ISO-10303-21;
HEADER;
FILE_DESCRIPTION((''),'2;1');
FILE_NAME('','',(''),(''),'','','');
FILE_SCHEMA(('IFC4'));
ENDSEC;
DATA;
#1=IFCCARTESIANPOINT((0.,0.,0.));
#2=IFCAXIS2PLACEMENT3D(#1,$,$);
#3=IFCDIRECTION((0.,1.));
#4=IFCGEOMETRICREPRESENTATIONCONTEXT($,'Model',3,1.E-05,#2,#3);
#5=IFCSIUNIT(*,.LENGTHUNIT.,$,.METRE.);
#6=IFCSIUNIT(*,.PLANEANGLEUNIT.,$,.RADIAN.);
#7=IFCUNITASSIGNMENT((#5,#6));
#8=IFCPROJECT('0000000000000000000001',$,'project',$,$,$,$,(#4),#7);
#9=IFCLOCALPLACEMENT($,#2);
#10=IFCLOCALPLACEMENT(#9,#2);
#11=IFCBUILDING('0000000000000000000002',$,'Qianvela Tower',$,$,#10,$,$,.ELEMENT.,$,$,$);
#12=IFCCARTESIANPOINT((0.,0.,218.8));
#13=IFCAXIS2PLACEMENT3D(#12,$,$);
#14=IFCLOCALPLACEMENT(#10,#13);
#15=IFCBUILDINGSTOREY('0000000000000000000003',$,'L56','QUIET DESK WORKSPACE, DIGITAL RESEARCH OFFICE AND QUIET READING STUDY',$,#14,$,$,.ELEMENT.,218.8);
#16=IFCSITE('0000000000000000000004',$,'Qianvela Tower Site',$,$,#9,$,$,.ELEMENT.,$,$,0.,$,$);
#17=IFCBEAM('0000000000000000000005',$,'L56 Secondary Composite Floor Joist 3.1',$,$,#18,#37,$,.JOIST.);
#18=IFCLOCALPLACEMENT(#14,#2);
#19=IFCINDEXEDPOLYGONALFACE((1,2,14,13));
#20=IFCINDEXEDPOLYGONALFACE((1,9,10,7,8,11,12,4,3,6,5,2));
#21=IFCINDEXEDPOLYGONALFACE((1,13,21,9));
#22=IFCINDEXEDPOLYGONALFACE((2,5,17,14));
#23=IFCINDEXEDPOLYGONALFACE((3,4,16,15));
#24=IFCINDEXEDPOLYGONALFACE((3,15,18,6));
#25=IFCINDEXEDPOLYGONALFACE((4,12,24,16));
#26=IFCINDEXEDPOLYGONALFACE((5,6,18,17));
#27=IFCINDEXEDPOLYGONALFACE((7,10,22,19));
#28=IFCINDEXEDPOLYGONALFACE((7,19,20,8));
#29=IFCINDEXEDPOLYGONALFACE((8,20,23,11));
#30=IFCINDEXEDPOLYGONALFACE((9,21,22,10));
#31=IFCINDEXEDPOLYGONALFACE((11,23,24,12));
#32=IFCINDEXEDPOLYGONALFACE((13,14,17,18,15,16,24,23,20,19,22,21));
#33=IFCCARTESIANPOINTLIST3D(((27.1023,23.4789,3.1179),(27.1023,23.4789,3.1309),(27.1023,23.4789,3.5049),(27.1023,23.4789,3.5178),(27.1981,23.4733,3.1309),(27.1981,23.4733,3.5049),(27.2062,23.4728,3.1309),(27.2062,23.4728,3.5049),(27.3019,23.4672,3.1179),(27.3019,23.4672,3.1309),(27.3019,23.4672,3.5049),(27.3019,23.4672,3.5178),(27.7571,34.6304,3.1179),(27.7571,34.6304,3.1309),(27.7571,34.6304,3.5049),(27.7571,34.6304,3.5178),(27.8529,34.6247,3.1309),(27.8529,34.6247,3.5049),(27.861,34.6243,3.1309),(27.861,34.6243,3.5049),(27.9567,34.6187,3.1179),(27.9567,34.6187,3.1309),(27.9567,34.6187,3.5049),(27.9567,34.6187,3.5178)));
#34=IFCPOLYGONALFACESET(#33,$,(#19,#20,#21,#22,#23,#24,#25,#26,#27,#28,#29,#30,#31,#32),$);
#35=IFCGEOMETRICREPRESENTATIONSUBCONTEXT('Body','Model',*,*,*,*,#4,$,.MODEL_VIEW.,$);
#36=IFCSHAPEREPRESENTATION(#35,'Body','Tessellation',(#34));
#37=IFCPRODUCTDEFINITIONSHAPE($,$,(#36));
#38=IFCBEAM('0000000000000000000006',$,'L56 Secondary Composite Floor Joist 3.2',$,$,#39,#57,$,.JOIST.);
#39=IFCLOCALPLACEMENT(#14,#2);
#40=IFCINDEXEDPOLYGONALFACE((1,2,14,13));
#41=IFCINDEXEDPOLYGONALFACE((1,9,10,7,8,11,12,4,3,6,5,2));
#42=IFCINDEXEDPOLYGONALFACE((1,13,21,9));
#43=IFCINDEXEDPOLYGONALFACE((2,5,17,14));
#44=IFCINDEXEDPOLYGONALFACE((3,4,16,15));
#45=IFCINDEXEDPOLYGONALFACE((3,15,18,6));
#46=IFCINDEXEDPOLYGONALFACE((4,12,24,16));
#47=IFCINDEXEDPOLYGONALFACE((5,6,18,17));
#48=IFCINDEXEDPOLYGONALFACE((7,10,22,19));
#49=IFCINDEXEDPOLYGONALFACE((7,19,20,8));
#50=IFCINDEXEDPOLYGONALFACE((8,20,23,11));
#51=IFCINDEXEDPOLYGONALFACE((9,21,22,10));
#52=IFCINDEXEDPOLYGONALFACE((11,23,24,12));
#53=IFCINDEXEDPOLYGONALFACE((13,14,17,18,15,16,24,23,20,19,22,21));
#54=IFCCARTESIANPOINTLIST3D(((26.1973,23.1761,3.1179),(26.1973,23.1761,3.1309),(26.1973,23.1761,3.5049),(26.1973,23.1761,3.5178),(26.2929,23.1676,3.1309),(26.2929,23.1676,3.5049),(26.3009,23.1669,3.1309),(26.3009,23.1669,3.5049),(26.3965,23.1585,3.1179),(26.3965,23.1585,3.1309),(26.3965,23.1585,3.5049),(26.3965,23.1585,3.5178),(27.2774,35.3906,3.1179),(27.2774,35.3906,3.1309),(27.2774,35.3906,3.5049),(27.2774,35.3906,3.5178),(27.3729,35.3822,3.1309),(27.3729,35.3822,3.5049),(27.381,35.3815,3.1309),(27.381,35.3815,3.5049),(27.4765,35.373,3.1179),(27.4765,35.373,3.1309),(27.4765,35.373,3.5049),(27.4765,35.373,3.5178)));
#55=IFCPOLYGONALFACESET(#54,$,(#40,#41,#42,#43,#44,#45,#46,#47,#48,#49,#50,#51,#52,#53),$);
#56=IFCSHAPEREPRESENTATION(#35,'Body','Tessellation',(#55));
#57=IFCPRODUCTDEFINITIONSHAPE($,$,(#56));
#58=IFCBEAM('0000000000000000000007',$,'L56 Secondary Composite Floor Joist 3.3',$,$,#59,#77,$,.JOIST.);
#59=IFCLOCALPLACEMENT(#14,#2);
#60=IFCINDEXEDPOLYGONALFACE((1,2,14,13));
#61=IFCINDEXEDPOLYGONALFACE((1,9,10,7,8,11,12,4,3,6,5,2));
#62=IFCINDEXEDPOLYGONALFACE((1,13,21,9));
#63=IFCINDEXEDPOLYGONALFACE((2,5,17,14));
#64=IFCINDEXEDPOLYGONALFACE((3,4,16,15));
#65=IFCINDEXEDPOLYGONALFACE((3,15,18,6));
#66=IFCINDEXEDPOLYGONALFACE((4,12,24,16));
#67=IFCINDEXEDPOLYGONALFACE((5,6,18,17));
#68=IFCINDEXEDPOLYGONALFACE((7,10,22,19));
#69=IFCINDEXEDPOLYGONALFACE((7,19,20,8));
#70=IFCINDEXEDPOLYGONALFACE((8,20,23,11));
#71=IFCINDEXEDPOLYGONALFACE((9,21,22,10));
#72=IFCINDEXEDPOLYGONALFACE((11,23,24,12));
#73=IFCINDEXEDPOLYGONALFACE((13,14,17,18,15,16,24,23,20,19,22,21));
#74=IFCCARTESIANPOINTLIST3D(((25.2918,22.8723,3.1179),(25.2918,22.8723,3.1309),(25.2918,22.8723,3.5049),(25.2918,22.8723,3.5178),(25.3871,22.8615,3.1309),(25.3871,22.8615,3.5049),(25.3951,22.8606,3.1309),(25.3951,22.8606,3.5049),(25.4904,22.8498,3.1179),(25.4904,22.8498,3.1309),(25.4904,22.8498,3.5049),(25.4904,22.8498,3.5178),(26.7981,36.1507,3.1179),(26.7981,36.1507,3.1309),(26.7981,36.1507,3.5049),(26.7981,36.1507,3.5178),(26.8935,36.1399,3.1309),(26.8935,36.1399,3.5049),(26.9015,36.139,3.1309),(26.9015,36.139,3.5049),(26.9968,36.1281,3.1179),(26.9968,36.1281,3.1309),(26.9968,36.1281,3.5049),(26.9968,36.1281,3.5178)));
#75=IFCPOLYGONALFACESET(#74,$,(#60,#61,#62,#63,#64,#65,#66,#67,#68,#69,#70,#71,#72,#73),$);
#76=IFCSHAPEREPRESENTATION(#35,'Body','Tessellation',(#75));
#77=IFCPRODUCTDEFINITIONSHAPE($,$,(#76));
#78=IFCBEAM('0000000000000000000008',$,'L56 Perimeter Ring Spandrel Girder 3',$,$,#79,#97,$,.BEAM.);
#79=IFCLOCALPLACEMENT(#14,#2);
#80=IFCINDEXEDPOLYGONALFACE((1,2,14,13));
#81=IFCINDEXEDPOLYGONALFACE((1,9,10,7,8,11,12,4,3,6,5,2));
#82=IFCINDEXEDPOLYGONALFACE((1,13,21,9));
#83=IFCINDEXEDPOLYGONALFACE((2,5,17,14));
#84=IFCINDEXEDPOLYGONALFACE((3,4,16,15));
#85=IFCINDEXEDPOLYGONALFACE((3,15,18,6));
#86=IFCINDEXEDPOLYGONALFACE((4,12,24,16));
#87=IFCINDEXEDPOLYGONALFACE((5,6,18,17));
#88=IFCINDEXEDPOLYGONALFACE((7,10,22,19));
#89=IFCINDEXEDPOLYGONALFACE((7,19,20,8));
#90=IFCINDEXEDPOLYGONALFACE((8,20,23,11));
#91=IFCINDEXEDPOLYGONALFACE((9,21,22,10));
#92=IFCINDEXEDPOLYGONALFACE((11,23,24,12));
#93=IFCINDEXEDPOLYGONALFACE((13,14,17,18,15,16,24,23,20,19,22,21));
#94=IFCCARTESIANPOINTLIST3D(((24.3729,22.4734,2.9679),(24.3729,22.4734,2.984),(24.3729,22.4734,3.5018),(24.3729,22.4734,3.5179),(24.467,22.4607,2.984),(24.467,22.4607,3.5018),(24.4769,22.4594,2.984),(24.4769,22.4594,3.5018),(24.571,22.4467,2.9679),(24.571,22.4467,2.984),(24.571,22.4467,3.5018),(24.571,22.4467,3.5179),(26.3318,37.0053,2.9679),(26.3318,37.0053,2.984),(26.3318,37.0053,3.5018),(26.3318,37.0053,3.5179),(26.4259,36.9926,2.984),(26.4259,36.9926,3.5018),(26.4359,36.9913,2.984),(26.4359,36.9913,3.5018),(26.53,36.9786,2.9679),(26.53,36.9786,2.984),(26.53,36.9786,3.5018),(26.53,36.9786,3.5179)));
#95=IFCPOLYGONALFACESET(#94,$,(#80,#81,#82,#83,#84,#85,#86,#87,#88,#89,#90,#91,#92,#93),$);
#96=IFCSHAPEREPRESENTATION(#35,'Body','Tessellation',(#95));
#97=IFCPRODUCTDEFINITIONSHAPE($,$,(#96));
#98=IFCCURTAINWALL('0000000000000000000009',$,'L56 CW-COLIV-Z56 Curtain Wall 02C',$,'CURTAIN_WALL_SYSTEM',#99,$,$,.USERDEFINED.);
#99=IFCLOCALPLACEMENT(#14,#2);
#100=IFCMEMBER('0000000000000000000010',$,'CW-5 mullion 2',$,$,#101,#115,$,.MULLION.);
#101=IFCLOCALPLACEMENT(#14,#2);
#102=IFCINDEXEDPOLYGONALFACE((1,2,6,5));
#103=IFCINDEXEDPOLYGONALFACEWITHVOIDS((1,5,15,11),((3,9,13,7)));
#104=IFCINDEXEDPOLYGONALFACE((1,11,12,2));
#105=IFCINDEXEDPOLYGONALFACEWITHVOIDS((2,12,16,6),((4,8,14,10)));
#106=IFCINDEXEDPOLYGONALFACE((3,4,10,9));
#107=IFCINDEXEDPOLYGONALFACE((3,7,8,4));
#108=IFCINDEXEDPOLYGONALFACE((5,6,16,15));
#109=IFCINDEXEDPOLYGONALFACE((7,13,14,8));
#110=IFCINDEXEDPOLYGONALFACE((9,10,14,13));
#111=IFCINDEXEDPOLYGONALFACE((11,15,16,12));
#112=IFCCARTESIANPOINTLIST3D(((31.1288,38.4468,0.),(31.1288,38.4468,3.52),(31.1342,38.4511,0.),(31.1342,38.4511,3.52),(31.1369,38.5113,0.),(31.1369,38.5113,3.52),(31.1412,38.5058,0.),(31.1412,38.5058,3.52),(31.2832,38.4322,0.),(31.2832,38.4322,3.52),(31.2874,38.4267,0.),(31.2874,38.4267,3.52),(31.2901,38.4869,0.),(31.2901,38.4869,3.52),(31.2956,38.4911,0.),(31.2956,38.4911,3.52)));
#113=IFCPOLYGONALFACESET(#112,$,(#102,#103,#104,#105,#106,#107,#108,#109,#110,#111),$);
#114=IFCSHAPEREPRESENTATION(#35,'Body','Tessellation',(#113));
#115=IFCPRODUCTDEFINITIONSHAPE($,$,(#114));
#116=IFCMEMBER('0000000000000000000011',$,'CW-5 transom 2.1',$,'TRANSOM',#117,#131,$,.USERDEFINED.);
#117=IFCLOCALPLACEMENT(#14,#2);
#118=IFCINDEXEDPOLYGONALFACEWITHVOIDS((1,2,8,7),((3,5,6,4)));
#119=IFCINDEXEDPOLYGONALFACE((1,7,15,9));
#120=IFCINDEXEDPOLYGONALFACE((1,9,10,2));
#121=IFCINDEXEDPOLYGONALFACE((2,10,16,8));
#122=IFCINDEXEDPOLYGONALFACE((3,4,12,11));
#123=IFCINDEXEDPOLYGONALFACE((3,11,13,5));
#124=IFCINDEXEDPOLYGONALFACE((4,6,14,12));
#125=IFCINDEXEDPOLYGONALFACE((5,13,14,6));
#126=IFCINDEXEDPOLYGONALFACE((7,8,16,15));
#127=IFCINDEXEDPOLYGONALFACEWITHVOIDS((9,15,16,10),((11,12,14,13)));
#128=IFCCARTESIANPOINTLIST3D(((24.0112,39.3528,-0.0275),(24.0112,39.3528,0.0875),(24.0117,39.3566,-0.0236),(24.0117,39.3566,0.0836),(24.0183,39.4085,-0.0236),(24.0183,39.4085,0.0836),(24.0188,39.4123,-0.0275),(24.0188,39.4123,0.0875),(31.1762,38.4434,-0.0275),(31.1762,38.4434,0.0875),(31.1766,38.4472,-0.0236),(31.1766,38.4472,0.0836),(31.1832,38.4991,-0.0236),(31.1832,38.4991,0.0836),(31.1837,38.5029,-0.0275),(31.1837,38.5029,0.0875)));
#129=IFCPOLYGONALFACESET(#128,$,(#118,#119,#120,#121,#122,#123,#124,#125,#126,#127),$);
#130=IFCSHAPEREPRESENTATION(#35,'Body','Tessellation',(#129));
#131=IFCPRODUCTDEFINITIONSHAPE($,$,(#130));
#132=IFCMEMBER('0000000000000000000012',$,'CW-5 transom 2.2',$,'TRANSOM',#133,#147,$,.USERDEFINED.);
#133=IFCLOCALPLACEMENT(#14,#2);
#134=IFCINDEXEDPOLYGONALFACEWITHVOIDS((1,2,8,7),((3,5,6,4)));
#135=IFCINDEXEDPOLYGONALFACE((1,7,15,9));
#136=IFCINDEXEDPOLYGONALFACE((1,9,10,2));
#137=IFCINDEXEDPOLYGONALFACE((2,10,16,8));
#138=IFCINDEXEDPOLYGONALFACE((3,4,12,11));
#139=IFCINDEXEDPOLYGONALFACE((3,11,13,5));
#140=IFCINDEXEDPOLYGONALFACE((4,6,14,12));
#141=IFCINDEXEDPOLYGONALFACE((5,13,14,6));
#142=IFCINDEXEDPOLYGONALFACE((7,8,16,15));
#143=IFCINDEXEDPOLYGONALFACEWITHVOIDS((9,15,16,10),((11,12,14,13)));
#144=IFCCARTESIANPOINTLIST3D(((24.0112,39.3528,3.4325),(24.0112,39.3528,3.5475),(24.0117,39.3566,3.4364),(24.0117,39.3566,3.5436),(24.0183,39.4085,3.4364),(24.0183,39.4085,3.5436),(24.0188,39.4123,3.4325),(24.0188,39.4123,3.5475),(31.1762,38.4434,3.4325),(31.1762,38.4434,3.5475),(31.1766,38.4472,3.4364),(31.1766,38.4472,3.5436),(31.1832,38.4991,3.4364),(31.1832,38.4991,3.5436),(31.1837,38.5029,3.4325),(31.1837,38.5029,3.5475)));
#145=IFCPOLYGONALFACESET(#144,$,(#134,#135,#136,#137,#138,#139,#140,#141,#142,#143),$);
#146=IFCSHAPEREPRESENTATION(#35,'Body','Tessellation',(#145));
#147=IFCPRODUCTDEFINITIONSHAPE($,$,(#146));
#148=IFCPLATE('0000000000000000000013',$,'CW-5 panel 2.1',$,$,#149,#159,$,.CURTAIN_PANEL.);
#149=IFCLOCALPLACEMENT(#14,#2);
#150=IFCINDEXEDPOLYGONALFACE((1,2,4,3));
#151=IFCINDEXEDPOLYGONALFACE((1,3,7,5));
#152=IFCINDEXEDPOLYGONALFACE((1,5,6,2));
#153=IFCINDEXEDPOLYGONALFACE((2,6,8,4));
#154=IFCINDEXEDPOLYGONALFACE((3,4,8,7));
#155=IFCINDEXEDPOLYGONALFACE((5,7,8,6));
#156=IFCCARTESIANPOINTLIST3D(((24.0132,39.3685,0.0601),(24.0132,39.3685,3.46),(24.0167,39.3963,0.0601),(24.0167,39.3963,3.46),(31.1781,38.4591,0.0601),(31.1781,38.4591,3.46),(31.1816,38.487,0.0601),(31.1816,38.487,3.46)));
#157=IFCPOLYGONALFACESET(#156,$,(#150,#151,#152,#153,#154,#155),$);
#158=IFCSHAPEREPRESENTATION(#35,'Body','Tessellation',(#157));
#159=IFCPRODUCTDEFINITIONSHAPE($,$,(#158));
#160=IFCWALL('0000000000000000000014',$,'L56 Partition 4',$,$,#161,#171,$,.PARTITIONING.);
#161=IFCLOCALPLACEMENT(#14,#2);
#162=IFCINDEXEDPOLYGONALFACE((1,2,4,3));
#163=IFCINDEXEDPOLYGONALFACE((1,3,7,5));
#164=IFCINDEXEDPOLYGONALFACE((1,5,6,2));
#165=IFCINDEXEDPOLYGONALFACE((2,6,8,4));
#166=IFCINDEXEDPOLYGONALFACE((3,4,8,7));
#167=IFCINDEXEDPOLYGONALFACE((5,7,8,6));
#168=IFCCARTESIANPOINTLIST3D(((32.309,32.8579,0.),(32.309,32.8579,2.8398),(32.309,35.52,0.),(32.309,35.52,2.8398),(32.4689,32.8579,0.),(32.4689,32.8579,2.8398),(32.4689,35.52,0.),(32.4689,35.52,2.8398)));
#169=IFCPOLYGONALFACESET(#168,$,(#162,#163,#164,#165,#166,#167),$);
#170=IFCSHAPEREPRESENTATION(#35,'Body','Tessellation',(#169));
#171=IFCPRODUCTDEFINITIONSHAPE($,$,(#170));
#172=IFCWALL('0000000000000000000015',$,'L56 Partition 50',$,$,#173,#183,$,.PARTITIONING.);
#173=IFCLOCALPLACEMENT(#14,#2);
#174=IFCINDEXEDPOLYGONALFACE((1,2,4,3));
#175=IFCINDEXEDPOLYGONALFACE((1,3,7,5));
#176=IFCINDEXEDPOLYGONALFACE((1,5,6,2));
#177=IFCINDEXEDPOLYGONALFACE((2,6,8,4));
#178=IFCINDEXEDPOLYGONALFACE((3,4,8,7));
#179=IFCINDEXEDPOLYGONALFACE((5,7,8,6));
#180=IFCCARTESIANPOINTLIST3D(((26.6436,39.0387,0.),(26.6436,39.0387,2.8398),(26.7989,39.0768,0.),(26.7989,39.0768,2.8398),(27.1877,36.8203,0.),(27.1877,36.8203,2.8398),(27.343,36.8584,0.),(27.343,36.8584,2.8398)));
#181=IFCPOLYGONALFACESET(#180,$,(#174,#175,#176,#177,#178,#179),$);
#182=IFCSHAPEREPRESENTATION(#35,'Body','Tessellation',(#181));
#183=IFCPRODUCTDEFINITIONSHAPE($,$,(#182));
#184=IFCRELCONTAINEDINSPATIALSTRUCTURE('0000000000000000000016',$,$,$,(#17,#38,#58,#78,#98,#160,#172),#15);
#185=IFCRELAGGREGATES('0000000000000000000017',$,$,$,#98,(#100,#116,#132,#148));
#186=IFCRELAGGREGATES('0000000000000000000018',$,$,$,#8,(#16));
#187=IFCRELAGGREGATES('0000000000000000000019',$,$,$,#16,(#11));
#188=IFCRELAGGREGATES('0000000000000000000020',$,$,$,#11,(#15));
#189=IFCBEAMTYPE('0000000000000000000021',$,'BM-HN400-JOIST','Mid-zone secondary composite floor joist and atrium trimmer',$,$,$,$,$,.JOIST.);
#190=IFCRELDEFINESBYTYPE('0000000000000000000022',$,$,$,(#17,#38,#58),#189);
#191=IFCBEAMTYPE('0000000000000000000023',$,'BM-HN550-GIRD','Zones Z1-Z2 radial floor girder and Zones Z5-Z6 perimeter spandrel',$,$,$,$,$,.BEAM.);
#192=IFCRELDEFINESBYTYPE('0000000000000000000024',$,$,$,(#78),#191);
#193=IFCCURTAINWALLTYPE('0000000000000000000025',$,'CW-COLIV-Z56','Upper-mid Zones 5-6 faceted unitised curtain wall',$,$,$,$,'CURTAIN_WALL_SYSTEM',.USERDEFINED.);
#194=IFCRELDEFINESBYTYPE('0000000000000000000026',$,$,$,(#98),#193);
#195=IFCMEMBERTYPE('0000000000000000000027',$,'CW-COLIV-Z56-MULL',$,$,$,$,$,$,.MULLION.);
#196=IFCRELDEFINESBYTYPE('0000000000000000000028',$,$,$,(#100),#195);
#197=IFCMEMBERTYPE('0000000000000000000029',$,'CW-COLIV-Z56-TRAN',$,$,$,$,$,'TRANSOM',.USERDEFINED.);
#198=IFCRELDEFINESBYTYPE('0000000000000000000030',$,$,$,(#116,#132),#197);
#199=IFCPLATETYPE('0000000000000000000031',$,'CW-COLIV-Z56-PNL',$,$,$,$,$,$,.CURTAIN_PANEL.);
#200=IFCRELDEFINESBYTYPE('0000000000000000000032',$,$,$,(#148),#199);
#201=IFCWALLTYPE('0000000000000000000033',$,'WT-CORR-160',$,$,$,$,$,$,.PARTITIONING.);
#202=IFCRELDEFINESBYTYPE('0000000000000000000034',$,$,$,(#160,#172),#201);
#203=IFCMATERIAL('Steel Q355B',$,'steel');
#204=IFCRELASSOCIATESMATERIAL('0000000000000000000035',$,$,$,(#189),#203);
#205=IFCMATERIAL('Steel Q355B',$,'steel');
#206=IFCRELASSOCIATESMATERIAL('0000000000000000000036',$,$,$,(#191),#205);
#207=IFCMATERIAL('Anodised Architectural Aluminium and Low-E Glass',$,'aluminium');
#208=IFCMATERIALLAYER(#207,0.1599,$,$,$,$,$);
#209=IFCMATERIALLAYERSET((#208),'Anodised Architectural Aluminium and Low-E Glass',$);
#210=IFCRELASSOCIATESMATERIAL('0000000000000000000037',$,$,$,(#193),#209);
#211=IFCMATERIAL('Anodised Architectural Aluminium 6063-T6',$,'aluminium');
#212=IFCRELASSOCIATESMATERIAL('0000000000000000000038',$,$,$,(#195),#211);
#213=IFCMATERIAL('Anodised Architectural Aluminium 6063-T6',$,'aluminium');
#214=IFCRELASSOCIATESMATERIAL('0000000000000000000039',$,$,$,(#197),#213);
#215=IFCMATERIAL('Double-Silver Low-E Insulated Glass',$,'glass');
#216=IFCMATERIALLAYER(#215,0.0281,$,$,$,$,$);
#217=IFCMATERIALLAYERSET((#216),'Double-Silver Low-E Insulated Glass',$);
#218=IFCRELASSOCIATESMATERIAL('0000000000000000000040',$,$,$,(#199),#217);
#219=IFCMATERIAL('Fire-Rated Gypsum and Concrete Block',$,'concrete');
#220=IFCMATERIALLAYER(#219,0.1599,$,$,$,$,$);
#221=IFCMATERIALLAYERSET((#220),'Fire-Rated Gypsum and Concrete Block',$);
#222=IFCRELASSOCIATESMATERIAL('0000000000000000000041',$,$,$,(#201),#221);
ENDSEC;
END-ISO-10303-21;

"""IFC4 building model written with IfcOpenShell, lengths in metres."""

from ifc_helpers import new_model, si_unit, direction, frame, frame_2d, origin, origin_2d, place, context, subcontext, project, spatial, rectangle, hollow_rectangle, i_section, extrude, material, layer, layer_set, material_profile, profile_set, type_object, element, aggregate, save


model = new_model("IFC4")

# Units and contexts
model_context = context("Model", 3, precision=1e-05, world=origin(), true_north=direction((0.0, 1.0)))
body_context = subcontext(model_context, "Body", "Model", "MODEL_VIEW")
ifc_project = project(units=[si_unit("LENGTHUNIT", "METRE"), si_unit("PLANEANGLEUNIT", "RADIAN")], contexts=[model_context])

# Site, building, storey
site_placement = place(None, origin())
site = spatial("IfcSite", under=ifc_project, at=site_placement, Name="Qianvela Tower Site", CompositionType="ELEMENT", RefElevation=0.0)
building_placement = place(site_placement, origin())
building = spatial("IfcBuilding", under=site, at=building_placement, Name="Qianvela Tower", CompositionType="ELEMENT")
storey_placement = place(building_placement, frame((0.0, 0.0, 218.8)))
storey = spatial("IfcBuildingStorey", under=building, at=storey_placement, Name="L56", Description="QUIET DESK WORKSPACE, DIGITAL RESEARCH OFFICE AND QUIET READING STUDY", CompositionType="ELEMENT", Elevation=218.8)

# Beams
ifc_material_1 = material(Name="Steel Q355B", Category="steel")
ifc_material_profile_1 = material_profile(ifc_material_1, i_section(OverallWidth=0.2, OverallDepth=0.3999, WebThickness=0.0081, FlangeThickness=0.0129, at=origin_2d()), Name="HN400x200x8x13")
ifc_profile_set_1 = profile_set([ifc_material_profile_1], Name="Steel Q355B")
beam_type_1 = type_object("IfcBeamType", Name="BM-HN400-JOIST", Description="Mid-zone secondary composite floor joist and atrium trimmer", PredefinedType="JOIST", material=ifc_profile_set_1)
beam_1_placement = place(storey_placement, frame((27.8569, 34.6245, 3.3179), z_axis=(-0.058617, -0.998281, 0.0), x_axis=(0.998281, -0.058617, 0.0)))
element("IfcBeam", 1, at=beam_1_placement, inside=storey, type_object=beam_type_1, Name="L56 Secondary Composite Floor Joist 3.1", PredefinedType="JOIST", context=body_context, shape_type="SweptSolid", body=[
    extrude(i_section(OverallWidth=0.2, OverallDepth=0.3999, WebThickness=0.0081, FlangeThickness=0.0129, at=origin_2d()), origin(), (0.0, 0.0, 1.0), 11.1707),
])
beam_2_placement = place(storey_placement, frame((27.377, 35.3818, 3.3179), z_axis=(-0.088081, -0.996113, 0.0), x_axis=(0.996113, -0.088081, 0.0)))
element("IfcBeam", 2, at=beam_2_placement, inside=storey, type_object=beam_type_1, Name="L56 Secondary Composite Floor Joist 3.2", PredefinedType="JOIST", context=body_context, shape_type="SweptSolid", body=[
    extrude(i_section(OverallWidth=0.2, OverallDepth=0.3999, WebThickness=0.0081, FlangeThickness=0.0129, at=origin_2d()), origin(), (0.0, 0.0, 1.0), 12.2622),
])
beam_3_placement = place(storey_placement, frame((26.8975, 36.1394, 3.3179), z_axis=(-0.112721, -0.993627, 0.0), x_axis=(0.993627, -0.112721, 0.0)))
element("IfcBeam", 3, at=beam_3_placement, inside=storey, type_object=beam_type_1, Name="L56 Secondary Composite Floor Joist 3.3", PredefinedType="JOIST", context=body_context, shape_type="SweptSolid", body=[
    extrude(i_section(OverallWidth=0.2, OverallDepth=0.3999, WebThickness=0.0081, FlangeThickness=0.0129, at=origin_2d()), origin(), (0.0, 0.0, 1.0), 13.3635),
])
ifc_material_2 = material(Name="Steel Q355B", Category="steel")
ifc_material_profile_2 = material_profile(ifc_material_2, i_section(OverallWidth=0.2, OverallDepth=0.55, WebThickness=0.01, FlangeThickness=0.0161, at=origin_2d()), Name="HN550x200x10x16")
ifc_profile_set_2 = profile_set([ifc_material_profile_2], Name="Steel Q355B")
beam_type_2 = type_object("IfcBeamType", Name="BM-HN550-GIRD", Description="Zones Z1-Z2 radial floor girder and Zones Z5-Z6 perimeter spandrel", PredefinedType="BEAM", material=ifc_profile_set_2)
beam_4_placement = place(storey_placement, frame((26.4309, 36.9919, 3.2429), z_axis=(-0.133597, -0.991036, 0.0), x_axis=(0.991036, -0.133597, 0.0)))
element("IfcBeam", 4, at=beam_4_placement, inside=storey, type_object=beam_type_2, Name="L56 Perimeter Ring Spandrel Girder 3", PredefinedType="BEAM", context=body_context, shape_type="SweptSolid", body=[
    extrude(i_section(OverallWidth=0.2, OverallDepth=0.55, WebThickness=0.01, FlangeThickness=0.0161, at=origin_2d()), origin(), (0.0, 0.0, 1.0), 14.6633),
])

# Curtain wall, members, plate
ifc_material_3 = material(Name="Anodised Architectural Aluminium and Low-E Glass", Category="aluminium")
ifc_layer_1 = layer(ifc_material_3, 0.1599)
ifc_layer_set_1 = layer_set([ifc_layer_1], Name="Anodised Architectural Aluminium and Low-E Glass")
curtain_wall_type = type_object("IfcCurtainWallType", Name="CW-COLIV-Z56", Description="Upper-mid Zones 5-6 faceted unitised curtain wall", ElementType="CURTAIN_WALL_SYSTEM", PredefinedType="USERDEFINED", material=ifc_layer_set_1)
curtain_wall_placement = place(storey_placement, origin())
curtain_wall = element("IfcCurtainWall", 5, at=curtain_wall_placement, inside=storey, type_object=curtain_wall_type, Name="L56 CW-COLIV-Z56 Curtain Wall 02C", ObjectType="CURTAIN_WALL_SYSTEM", PredefinedType="USERDEFINED")
ifc_material_4 = material(Name="Anodised Architectural Aluminium 6063-T6", Category="aluminium")
ifc_material_profile_3 = material_profile(ifc_material_4, hollow_rectangle(XDim=0.0649, YDim=0.1599, WallThickness=0.0049, at=origin_2d()), Name="ALU-MULL-65x160")
ifc_profile_set_3 = profile_set([ifc_material_profile_3], Name="Anodised Architectural Aluminium 6063-T6")
member_type_1 = type_object("IfcMemberType", Name="CW-COLIV-Z56-MULL", PredefinedType="MULLION", material=ifc_profile_set_3)
member_1_placement = place(storey_placement, frame((31.2122, 38.469, 0.0), z_axis=(0.0, 0.0, 1.0), x_axis=(-0.125903, -0.992043, 0.0)))
member_1 = element("IfcMember", 6, at=member_1_placement, type_object=member_type_1, Name="CW-5 mullion 2", PredefinedType="MULLION", context=body_context, shape_type="SweptSolid", body=[
    extrude(hollow_rectangle(XDim=0.0649, YDim=0.1599, WallThickness=0.0049, at=origin_2d()), origin(), (0.0, 0.0, 1.0), 3.52),
])
ifc_material_5 = material(Name="Anodised Architectural Aluminium 6063-T6", Category="aluminium")
ifc_material_profile_4 = material_profile(ifc_material_5, hollow_rectangle(XDim=0.0601, YDim=0.115, WallThickness=0.0039, at=origin_2d()), Name="ALU-TRAN-60x115")
ifc_profile_set_4 = profile_set([ifc_material_profile_4], Name="Anodised Architectural Aluminium 6063-T6")
member_type_2 = type_object("IfcMemberType", Name="CW-COLIV-Z56-TRAN", ElementType="TRANSOM", PredefinedType="USERDEFINED", material=ifc_profile_set_4)
member_2_placement = place(storey_placement, frame((31.1799, 38.4731, 0.03), z_axis=(-0.992041, 0.125915, 0.0), x_axis=(-0.125915, -0.992041, 0.0)))
member_2 = element("IfcMember", 7, at=member_2_placement, type_object=member_type_2, Name="CW-5 transom 2.1", ObjectType="TRANSOM", PredefinedType="USERDEFINED", context=body_context, shape_type="SweptSolid", body=[
    extrude(hollow_rectangle(XDim=0.0601, YDim=0.115, WallThickness=0.0039, at=origin_2d()), origin(), (0.0, 0.0, 1.0), 7.2224),
])
member_3_placement = place(storey_placement, frame((31.1799, 38.4731, 3.49), z_axis=(-0.992041, 0.125915, 0.0), x_axis=(-0.125915, -0.992041, 0.0)))
member_3 = element("IfcMember", 8, at=member_3_placement, type_object=member_type_2, Name="CW-5 transom 2.2", ObjectType="TRANSOM", PredefinedType="USERDEFINED", context=body_context, shape_type="SweptSolid", body=[
    extrude(hollow_rectangle(XDim=0.0601, YDim=0.115, WallThickness=0.0039, at=origin_2d()), origin(), (0.0, 0.0, 1.0), 7.2224),
])
ifc_material_6 = material(Name="Double-Silver Low-E Insulated Glass", Category="glass")
ifc_layer_2 = layer(ifc_material_6, 0.0281)
ifc_layer_set_2 = layer_set([ifc_layer_2], Name="Double-Silver Low-E Insulated Glass")
plate_type = type_object("IfcPlateType", Name="CW-COLIV-Z56-PNL", PredefinedType="CURTAIN_PANEL", material=ifc_layer_set_2)
plate_placement = place(storey_placement, frame((27.5974, 38.9277, 0.0601), z_axis=(0.0, 0.0, 1.0), x_axis=(-0.992043, 0.125903, 0.0)))
plate = element("IfcPlate", 9, at=plate_placement, type_object=plate_type, Name="CW-5 panel 2.1", PredefinedType="CURTAIN_PANEL", context=body_context, shape_type="SweptSolid", body=[
    extrude(rectangle(XDim=7.2224, YDim=0.0281, at=origin_2d()), origin(), (0.0, 0.0, 1.0), 3.3999),
])
aggregate(curtain_wall, [member_1, member_2, member_3, plate])

# Shared definitions
ifc_material_7 = material(Name="Fire-Rated Gypsum and Concrete Block", Category="concrete")
ifc_layer_3 = layer(ifc_material_7, 0.1599)
ifc_layer_set_3 = layer_set([ifc_layer_3], Name="Fire-Rated Gypsum and Concrete Block")
wall_type_1 = type_object("IfcWallType", Name="WT-CORR-160", PredefinedType="PARTITIONING", material=ifc_layer_set_3)

# Walls
wall_1_placement = place(storey_placement, frame((32.3889, 35.52, 0.0), z_axis=(0.0, 0.0, 1.0), x_axis=(0.0, -1.0, 0.0)))
element("IfcWall", 10, at=wall_1_placement, inside=storey, type_object=wall_type_1, Name="L56 Partition 4", PredefinedType="PARTITIONING", context=body_context, shape_type="SweptSolid", body=[
    extrude(rectangle(XDim=2.6621, YDim=0.1599, at=frame_2d((1.3311, 0.0))), origin(), (0.0, 0.0, 1.0), 2.8398),
])
wall_2_placement = place(storey_placement, frame((27.2654, 36.8394, 0.0), z_axis=(0.0, 0.0, 1.0), x_axis=(-0.238233, 0.971208, 0.0)))
element("IfcWall", 11, at=wall_2_placement, inside=storey, type_object=wall_type_1, Name="L56 Partition 50", PredefinedType="PARTITIONING", context=body_context, shape_type="SweptSolid", body=[
    extrude(rectangle(XDim=2.2842, YDim=0.1599, at=frame_2d((1.1421, 0.0))), origin(), (0.0, 0.0, 1.0), 2.8398),
])

save(model, "model.ifc")
